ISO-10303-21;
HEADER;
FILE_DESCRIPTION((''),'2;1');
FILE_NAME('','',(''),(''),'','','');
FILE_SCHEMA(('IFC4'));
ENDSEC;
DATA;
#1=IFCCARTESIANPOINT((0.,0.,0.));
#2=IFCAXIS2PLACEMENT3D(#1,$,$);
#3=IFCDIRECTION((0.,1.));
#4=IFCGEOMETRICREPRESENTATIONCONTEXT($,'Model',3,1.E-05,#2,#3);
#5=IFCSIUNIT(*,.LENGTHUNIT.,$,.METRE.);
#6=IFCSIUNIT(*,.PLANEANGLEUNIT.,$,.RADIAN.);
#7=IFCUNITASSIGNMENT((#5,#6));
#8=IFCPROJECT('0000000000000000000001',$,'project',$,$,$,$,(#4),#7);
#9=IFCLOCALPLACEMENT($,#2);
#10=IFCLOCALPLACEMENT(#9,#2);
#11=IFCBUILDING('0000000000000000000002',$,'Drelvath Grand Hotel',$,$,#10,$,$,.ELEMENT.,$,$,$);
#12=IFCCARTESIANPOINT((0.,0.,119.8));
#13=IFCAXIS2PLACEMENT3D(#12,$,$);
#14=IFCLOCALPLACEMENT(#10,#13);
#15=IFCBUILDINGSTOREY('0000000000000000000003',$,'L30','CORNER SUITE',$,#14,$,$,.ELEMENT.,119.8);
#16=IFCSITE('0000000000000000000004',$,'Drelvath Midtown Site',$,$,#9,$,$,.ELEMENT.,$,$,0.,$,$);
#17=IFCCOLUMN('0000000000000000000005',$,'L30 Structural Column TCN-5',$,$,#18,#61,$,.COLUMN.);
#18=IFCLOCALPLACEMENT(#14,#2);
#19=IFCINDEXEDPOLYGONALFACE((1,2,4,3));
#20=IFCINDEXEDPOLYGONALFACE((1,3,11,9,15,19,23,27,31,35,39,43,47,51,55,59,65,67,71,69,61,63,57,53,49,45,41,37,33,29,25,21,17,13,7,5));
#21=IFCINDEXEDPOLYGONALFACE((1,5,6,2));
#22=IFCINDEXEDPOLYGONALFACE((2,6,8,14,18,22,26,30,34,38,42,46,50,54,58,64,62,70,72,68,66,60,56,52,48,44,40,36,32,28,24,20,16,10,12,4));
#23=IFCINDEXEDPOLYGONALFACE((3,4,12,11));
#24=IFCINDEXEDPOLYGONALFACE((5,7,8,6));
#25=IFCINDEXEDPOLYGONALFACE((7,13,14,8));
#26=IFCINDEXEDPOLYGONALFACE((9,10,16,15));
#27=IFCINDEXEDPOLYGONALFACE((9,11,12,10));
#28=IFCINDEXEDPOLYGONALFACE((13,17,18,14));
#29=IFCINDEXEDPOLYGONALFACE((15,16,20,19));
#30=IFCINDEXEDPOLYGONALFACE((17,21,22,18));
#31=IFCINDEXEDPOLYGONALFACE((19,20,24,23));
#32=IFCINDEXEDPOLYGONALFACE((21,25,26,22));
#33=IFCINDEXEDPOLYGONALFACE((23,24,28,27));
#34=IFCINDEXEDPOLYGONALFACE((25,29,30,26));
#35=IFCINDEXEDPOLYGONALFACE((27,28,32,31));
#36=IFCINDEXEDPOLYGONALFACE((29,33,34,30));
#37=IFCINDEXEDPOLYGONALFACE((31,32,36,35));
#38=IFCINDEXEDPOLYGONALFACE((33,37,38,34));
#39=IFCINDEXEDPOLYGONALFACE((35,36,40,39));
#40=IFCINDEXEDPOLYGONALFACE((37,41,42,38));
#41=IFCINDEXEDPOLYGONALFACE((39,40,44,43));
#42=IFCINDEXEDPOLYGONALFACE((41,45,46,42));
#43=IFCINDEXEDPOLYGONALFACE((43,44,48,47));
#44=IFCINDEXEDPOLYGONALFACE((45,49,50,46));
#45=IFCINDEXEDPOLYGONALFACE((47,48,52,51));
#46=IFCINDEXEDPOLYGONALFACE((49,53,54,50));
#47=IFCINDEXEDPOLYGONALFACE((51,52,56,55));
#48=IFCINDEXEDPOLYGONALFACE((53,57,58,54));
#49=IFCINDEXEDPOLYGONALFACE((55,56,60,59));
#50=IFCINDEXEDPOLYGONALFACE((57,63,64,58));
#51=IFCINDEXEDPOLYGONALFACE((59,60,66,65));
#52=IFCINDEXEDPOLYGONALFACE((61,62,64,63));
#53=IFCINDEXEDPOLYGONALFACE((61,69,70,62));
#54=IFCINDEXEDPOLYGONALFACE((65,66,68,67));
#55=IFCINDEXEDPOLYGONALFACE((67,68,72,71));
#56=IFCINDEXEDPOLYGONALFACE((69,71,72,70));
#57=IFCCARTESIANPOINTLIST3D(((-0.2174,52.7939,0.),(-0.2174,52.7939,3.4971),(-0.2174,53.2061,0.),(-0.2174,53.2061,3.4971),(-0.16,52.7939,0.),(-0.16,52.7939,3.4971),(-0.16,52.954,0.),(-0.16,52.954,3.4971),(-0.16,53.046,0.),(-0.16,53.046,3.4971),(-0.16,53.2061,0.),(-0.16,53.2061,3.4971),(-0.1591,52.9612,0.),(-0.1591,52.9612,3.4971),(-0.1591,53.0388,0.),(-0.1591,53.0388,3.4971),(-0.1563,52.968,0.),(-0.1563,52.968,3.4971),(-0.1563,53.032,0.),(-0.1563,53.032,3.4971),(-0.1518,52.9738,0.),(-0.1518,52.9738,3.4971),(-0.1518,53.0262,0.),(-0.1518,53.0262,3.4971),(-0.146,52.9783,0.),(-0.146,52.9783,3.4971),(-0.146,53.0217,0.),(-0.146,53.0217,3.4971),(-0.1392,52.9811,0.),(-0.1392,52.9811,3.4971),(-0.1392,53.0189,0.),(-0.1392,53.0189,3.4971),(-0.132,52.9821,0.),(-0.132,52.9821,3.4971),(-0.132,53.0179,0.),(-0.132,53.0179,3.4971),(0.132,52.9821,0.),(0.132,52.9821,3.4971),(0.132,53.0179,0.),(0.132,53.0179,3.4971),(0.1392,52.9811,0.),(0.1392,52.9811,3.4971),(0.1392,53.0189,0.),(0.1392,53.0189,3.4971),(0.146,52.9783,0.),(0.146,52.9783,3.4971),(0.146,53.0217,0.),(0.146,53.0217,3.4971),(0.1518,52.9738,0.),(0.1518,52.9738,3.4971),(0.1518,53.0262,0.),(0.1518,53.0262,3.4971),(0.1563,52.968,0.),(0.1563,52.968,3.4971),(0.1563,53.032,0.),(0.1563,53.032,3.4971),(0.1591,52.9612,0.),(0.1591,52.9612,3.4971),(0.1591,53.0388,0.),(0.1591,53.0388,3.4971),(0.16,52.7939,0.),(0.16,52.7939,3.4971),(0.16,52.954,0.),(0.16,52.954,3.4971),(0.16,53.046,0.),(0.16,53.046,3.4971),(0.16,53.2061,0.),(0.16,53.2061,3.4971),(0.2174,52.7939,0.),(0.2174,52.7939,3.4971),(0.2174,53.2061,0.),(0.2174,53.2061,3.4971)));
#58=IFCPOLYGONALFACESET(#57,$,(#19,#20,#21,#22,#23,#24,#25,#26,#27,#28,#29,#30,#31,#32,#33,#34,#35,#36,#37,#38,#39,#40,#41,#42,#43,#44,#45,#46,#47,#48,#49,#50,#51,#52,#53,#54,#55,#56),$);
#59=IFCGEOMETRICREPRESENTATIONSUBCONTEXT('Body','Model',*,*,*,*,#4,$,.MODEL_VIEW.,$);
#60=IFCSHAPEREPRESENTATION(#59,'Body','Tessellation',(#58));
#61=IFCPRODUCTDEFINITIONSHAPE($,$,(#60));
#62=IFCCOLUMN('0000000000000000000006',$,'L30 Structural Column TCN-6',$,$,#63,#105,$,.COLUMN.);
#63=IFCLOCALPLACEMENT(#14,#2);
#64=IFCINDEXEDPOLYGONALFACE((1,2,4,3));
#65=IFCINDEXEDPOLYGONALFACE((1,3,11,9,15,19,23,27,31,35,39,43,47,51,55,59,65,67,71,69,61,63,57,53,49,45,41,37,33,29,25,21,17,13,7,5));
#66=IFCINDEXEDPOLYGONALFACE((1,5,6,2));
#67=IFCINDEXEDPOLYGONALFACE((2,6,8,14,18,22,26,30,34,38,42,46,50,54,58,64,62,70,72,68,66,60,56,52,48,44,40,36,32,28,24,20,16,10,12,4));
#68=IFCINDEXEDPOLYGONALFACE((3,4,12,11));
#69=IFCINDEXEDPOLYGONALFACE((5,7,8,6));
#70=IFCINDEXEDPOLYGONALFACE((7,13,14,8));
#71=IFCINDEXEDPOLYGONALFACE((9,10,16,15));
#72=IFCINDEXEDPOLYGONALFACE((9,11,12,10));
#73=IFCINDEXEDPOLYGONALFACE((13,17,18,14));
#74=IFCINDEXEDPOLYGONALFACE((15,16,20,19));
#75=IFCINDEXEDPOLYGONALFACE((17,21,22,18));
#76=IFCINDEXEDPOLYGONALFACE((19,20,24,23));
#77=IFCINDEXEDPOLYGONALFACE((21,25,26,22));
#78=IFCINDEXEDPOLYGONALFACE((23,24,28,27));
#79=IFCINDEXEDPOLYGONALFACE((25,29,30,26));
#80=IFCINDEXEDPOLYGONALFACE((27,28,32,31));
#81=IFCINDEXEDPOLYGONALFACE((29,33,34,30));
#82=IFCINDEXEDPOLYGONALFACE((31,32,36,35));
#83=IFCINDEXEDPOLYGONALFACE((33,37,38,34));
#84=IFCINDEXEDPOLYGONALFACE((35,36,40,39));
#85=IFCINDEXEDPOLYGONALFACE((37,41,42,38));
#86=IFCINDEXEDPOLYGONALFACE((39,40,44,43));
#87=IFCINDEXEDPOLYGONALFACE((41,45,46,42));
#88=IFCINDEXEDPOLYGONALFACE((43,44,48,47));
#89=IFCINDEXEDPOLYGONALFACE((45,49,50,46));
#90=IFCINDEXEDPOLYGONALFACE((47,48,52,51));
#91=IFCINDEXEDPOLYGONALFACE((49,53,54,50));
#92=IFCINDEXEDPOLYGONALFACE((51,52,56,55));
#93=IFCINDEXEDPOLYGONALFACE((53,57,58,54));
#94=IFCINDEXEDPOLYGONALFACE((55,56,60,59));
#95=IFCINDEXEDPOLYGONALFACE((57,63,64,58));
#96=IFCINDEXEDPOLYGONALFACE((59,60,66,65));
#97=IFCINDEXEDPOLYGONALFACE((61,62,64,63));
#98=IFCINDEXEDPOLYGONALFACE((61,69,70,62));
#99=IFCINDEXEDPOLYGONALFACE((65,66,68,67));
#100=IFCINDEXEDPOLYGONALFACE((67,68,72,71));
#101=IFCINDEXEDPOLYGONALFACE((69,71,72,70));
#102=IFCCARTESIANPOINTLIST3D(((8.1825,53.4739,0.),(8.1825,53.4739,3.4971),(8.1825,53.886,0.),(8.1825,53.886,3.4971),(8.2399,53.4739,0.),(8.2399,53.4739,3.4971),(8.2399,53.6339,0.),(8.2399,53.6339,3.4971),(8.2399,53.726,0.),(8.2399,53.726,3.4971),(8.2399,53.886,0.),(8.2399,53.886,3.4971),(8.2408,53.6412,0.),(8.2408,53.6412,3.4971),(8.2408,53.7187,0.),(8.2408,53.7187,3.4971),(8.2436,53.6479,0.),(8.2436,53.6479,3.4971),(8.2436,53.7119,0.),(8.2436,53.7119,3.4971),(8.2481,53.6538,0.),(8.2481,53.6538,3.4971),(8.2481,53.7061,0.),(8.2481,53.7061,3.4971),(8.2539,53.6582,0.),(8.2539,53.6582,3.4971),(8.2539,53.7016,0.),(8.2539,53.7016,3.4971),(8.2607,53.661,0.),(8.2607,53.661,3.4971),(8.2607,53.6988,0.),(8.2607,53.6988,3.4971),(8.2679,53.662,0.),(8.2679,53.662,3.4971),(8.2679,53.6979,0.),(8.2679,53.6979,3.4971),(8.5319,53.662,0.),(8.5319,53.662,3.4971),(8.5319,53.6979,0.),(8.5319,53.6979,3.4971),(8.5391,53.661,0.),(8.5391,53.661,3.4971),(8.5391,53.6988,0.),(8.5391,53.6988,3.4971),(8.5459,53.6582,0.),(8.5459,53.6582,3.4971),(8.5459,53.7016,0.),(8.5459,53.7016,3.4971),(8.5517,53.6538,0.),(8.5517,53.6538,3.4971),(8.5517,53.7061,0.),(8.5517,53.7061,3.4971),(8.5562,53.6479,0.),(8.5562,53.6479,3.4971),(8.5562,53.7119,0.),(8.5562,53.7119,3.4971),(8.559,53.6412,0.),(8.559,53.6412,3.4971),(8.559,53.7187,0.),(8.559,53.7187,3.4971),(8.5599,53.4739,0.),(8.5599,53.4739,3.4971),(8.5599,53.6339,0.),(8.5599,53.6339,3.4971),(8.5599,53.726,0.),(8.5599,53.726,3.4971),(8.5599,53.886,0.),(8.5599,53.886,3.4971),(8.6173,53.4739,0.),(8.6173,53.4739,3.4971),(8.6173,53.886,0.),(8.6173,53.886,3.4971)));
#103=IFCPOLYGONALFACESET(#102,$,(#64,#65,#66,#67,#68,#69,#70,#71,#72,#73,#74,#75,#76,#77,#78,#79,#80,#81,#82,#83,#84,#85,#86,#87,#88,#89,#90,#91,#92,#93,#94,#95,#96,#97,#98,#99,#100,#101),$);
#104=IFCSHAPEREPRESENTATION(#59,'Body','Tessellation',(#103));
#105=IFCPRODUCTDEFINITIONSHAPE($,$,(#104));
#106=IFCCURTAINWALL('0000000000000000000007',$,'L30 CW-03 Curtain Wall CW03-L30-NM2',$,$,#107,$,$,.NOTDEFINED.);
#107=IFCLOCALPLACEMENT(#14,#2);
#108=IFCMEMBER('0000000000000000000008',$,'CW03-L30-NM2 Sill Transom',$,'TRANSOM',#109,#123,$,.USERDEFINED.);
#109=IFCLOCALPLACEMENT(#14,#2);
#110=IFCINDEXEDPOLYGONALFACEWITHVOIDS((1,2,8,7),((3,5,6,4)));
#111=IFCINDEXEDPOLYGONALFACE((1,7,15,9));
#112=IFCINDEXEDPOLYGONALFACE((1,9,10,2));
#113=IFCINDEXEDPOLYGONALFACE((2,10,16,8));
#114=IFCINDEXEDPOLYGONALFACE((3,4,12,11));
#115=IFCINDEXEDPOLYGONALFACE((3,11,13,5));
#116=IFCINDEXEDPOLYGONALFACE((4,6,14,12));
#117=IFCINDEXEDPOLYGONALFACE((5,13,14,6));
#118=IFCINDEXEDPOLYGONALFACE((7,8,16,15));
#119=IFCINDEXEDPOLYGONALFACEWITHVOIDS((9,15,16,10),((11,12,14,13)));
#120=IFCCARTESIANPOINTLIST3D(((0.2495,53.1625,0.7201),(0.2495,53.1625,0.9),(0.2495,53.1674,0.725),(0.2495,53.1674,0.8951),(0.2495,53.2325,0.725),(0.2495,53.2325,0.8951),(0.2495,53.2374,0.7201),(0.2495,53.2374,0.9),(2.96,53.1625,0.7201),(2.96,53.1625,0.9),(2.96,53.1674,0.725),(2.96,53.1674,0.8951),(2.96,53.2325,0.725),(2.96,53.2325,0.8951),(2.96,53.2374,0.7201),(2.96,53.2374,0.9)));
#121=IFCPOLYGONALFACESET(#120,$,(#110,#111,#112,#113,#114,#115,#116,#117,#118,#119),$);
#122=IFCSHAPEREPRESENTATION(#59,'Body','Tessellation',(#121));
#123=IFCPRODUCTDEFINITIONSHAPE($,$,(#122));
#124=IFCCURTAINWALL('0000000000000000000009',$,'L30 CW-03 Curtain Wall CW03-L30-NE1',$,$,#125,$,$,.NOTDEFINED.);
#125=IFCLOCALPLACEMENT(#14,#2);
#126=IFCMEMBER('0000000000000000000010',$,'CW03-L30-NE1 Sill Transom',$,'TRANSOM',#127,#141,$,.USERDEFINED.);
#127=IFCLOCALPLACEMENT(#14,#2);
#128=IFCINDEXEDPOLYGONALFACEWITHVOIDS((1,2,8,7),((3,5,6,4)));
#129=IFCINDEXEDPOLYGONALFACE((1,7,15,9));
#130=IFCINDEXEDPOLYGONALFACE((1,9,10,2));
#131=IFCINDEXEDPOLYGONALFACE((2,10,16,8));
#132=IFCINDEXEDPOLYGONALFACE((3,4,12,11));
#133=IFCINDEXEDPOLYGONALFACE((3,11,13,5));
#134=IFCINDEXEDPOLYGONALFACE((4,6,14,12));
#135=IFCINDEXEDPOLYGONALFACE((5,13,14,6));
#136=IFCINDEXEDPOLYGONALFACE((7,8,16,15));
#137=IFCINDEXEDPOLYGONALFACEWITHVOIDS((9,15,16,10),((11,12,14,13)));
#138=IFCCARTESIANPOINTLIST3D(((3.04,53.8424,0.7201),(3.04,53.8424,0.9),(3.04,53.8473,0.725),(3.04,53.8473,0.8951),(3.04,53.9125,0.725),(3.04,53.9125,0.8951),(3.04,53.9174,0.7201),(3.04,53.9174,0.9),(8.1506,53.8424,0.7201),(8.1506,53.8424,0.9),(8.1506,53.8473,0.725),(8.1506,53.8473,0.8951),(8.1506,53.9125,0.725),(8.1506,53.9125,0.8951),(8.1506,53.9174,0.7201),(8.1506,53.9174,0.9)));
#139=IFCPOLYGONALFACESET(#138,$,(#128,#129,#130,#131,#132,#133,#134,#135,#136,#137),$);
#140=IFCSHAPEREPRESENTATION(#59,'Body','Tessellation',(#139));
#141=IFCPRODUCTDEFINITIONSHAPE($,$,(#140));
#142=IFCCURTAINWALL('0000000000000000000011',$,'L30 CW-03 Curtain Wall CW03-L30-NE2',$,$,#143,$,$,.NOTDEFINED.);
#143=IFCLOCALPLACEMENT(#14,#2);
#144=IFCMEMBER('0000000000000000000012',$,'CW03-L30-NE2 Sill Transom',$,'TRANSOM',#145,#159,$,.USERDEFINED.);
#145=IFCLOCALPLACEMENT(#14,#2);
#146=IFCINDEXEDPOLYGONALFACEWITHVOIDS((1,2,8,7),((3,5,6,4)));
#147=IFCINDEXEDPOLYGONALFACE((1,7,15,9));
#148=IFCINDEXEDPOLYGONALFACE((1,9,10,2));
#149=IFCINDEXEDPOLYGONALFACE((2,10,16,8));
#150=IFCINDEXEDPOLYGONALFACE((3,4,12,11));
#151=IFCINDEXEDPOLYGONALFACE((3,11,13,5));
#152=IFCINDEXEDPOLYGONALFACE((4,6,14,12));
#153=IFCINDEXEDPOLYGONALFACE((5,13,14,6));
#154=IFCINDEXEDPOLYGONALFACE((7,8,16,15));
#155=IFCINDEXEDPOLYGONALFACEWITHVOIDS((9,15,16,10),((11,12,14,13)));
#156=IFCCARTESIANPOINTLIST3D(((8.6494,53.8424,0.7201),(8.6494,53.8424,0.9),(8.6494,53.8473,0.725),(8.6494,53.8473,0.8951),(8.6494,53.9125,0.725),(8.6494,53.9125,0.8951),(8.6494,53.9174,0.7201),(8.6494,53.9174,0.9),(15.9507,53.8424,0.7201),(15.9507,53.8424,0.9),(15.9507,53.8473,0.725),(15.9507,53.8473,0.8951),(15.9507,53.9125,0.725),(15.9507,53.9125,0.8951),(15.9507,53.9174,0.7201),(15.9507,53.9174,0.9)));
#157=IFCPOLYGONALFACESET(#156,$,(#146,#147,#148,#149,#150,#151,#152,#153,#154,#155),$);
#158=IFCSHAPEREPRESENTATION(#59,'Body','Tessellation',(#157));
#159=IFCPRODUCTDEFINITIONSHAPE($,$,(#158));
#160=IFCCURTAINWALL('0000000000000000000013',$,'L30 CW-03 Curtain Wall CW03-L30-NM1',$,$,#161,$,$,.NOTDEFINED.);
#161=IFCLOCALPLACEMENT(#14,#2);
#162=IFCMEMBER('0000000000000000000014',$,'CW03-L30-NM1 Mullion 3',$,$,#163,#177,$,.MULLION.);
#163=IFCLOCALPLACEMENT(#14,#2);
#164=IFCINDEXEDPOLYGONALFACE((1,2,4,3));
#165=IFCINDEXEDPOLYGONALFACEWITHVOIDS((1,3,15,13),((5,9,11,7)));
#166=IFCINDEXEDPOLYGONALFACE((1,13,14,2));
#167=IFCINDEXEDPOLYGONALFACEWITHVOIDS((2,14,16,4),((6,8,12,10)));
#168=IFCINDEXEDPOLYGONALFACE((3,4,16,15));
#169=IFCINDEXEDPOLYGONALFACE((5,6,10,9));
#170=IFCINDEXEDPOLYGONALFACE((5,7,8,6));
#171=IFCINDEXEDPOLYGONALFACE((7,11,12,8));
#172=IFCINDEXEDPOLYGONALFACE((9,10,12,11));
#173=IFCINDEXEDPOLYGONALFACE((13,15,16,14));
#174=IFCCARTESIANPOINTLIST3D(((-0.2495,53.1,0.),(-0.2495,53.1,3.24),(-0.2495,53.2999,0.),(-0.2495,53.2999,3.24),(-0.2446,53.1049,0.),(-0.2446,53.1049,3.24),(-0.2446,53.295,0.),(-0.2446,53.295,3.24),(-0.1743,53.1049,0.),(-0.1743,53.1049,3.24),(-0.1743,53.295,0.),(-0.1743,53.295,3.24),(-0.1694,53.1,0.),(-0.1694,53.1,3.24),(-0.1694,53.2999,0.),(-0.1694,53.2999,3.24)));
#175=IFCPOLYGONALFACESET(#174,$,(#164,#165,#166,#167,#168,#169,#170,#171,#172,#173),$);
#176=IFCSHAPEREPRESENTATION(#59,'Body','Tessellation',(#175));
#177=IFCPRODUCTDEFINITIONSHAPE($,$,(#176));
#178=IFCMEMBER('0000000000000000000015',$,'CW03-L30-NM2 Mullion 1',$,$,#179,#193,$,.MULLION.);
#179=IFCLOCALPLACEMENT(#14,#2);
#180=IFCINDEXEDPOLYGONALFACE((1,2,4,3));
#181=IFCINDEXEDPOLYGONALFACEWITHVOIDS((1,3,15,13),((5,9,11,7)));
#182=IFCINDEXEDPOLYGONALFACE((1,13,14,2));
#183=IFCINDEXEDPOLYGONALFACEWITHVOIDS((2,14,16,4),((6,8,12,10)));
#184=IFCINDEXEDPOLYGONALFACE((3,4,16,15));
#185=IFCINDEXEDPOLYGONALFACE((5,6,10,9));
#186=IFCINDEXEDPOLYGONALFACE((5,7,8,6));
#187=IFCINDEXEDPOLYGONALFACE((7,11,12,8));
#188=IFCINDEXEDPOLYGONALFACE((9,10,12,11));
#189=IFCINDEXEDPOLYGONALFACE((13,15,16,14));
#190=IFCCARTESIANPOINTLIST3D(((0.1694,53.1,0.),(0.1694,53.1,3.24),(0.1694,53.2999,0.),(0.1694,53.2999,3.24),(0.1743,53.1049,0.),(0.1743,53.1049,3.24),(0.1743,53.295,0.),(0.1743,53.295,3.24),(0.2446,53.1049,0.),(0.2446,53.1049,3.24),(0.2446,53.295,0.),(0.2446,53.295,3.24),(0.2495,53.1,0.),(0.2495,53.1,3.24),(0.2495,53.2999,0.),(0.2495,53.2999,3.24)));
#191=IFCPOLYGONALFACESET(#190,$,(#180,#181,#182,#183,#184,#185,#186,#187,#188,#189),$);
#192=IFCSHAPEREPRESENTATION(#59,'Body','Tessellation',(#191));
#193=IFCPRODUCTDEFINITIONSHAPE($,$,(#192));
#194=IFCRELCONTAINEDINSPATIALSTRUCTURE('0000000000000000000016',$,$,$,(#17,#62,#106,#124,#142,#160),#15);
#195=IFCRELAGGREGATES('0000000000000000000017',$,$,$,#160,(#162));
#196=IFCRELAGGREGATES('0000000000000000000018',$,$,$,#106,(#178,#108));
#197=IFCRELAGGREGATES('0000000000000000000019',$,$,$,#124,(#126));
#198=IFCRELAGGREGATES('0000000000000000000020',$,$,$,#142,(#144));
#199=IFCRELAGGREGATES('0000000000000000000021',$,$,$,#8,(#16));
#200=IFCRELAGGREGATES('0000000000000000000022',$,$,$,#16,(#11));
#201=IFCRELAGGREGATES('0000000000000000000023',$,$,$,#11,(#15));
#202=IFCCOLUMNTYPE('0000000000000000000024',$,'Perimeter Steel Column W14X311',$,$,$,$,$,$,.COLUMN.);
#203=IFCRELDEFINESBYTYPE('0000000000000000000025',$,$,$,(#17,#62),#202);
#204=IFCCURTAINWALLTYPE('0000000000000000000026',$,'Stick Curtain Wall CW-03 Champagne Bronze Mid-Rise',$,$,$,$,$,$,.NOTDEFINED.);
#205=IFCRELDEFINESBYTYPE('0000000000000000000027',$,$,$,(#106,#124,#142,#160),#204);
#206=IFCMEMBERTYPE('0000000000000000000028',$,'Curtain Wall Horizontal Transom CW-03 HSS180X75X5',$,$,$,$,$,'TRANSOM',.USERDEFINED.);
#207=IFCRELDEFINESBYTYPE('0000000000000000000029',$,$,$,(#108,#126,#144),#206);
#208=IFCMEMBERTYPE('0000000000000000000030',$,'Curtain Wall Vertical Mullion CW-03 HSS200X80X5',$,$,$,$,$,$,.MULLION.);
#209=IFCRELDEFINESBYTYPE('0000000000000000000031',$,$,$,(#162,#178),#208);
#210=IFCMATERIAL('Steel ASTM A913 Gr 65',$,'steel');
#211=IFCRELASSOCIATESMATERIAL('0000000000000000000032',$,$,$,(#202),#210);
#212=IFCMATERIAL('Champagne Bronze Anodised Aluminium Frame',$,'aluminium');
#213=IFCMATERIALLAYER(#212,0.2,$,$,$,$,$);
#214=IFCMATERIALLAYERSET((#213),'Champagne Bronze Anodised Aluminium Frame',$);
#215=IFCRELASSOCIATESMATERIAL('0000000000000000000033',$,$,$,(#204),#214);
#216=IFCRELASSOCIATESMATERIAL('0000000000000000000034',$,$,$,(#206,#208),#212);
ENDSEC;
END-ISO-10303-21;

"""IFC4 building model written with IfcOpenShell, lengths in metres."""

from ifc_helpers import new_model, si_unit, direction, frame, origin, origin_2d, place, context, subcontext, project, spatial, hollow_rectangle, i_section, extrude, material, layer, layer_set, material_profile, profile_set, type_object, element, aggregate, save


model = new_model("IFC4")

# Units and contexts
model_context = context("Model", 3, precision=1e-05, world=origin(), true_north=direction((0.0, 1.0)))
body_context = subcontext(model_context, "Body", "Model", "MODEL_VIEW")
ifc_project = project(units=[si_unit("LENGTHUNIT", "METRE"), si_unit("PLANEANGLEUNIT", "RADIAN")], contexts=[model_context])

# Site, building, storey
site_placement = place(None, origin())
site = spatial("IfcSite", under=ifc_project, at=site_placement, Name="Drelvath Midtown Site", CompositionType="ELEMENT", RefElevation=0.0)
building_placement = place(site_placement, origin())
building = spatial("IfcBuilding", under=site, at=building_placement, Name="Drelvath Grand Hotel", CompositionType="ELEMENT")
storey_placement = place(building_placement, frame((0.0, 0.0, 119.8)))
storey = spatial("IfcBuildingStorey", under=building, at=storey_placement, Name="L30", Description="CORNER SUITE", CompositionType="ELEMENT", Elevation=119.8)

# Columns
ifc_material_1 = material(Name="Steel ASTM A913 Gr 65", Category="steel")
ifc_material_profile_1 = material_profile(ifc_material_1, i_section(OverallWidth=0.4121, OverallDepth=0.4348, WebThickness=0.0359, FlangeThickness=0.0574, FilletRadius=0.0281, at=origin_2d()), Name="W14X311")
ifc_profile_set_1 = profile_set([ifc_material_profile_1], Name="Steel ASTM A913 Gr 65")
column_type = type_object("IfcColumnType", Name="Perimeter Steel Column W14X311", PredefinedType="COLUMN", material=ifc_profile_set_1)
for number, where, z_axis, x_axis, name in (
    (1, (0.0, 53.0, 0.0), (0.0, 0.0, 1.0), (0.0, 1.0, 0.0), "L30 Structural Column TCN-5"),
    (2, (8.3999, 53.6799, 0.0), (0.0, 0.0, 1.0), (0.0, 1.0, 0.0), "L30 Structural Column TCN-6"),
):
    element("IfcColumn", number, at=place(storey_placement, frame(where, z_axis=z_axis, x_axis=x_axis)), inside=storey, type_object=column_type, Name=name, PredefinedType="COLUMN", context=body_context, shape_type="SweptSolid", body=[
        extrude(i_section(OverallWidth=0.4121, OverallDepth=0.4348, WebThickness=0.0359, FlangeThickness=0.0574, FilletRadius=0.0281, at=origin_2d()), origin(), (0.0, 0.0, 1.0), 3.4971),
    ])

# Curtain walls, members
ifc_material_2 = material(Name="Champagne Bronze Anodised Aluminium Frame", Category="aluminium")
ifc_layer_1 = layer(ifc_material_2, 0.2)
ifc_layer_set_1 = layer_set([ifc_layer_1], Name="Champagne Bronze Anodised Aluminium Frame")
curtain_wall_type = type_object("IfcCurtainWallType", Name="Stick Curtain Wall CW-03 Champagne Bronze Mid-Rise", PredefinedType="NOTDEFINED", material=ifc_layer_set_1)
curtain_wall_1_placement = place(storey_placement, origin())
curtain_wall_1 = element("IfcCurtainWall", 3, at=curtain_wall_1_placement, inside=storey, type_object=curtain_wall_type, Name="L30 CW-03 Curtain Wall CW03-L30-NM2", PredefinedType="NOTDEFINED")
ifc_material_profile_2 = material_profile(ifc_material_2, hollow_rectangle(XDim=0.075, YDim=0.1799, WallThickness=0.0049, at=origin_2d()), Name="HSS180X75X5")
ifc_profile_set_2 = profile_set([ifc_material_profile_2], Name="Champagne Bronze Anodised Aluminium Frame")
member_type_1 = type_object("IfcMemberType", Name="Curtain Wall Horizontal Transom CW-03 HSS180X75X5", ElementType="TRANSOM", PredefinedType="USERDEFINED", material=ifc_profile_set_2)
member_1_placement = place(storey_placement, frame((0.2495, 53.2, 0.8101), z_axis=(1.0, 0.0, 0.0), x_axis=(0.0, 1.0, 0.0)))
member_1 = element("IfcMember", 4, at=member_1_placement, type_object=member_type_1, Name="CW03-L30-NM2 Sill Transom", ObjectType="TRANSOM", PredefinedType="USERDEFINED", context=body_context, shape_type="SweptSolid", body=[
    extrude(hollow_rectangle(XDim=0.075, YDim=0.1799, WallThickness=0.0049, at=origin_2d()), origin(), (0.0, 0.0, 1.0), 2.7104),
])
curtain_wall_2_placement = place(storey_placement, origin())
curtain_wall_2 = element("IfcCurtainWall", 5, at=curtain_wall_2_placement, inside=storey, type_object=curtain_wall_type, Name="L30 CW-03 Curtain Wall CW03-L30-NE1", PredefinedType="NOTDEFINED")
member_2_placement = place(storey_placement, frame((3.04, 53.8799, 0.8101), z_axis=(1.0, 0.0, 0.0), x_axis=(0.0, 1.0, 0.0)))
member_2 = element("IfcMember", 6, at=member_2_placement, type_object=member_type_1, Name="CW03-L30-NE1 Sill Transom", ObjectType="TRANSOM", PredefinedType="USERDEFINED", context=body_context, shape_type="SweptSolid", body=[
    extrude(hollow_rectangle(XDim=0.075, YDim=0.1799, WallThickness=0.0049, at=origin_2d()), origin(), (0.0, 0.0, 1.0), 5.1106),
])
curtain_wall_3_placement = place(storey_placement, origin())
curtain_wall_3 = element("IfcCurtainWall", 7, at=curtain_wall_3_placement, inside=storey, type_object=curtain_wall_type, Name="L30 CW-03 Curtain Wall CW03-L30-NE2", PredefinedType="NOTDEFINED")
member_3_placement = place(storey_placement, frame((8.6494, 53.8799, 0.8101), z_axis=(1.0, 0.0, 0.0), x_axis=(0.0, 1.0, 0.0)))
member_3 = element("IfcMember", 8, at=member_3_placement, type_object=member_type_1, Name="CW03-L30-NE2 Sill Transom", ObjectType="TRANSOM", PredefinedType="USERDEFINED", context=body_context, shape_type="SweptSolid", body=[
    extrude(hollow_rectangle(XDim=0.075, YDim=0.1799, WallThickness=0.0049, at=origin_2d()), origin(), (0.0, 0.0, 1.0), 7.3013),
])
curtain_wall_4_placement = place(storey_placement, origin())
curtain_wall_4 = element("IfcCurtainWall", 9, at=curtain_wall_4_placement, inside=storey, type_object=curtain_wall_type, Name="L30 CW-03 Curtain Wall CW03-L30-NM1", PredefinedType="NOTDEFINED")
ifc_material_profile_3 = material_profile(ifc_material_2, hollow_rectangle(XDim=0.0801, YDim=0.2, WallThickness=0.0049, at=origin_2d()), Name="HSS200X80X5")
ifc_profile_set_3 = profile_set([ifc_material_profile_3], Name="Champagne Bronze Anodised Aluminium Frame")
member_type_2 = type_object("IfcMemberType", Name="Curtain Wall Vertical Mullion CW-03 HSS200X80X5", PredefinedType="MULLION", material=ifc_profile_set_3)
member_4_placement = place(storey_placement, frame((-0.2095, 53.2, 0.0), z_axis=(0.0, 0.0, 1.0), x_axis=(1.0, 0.0, 0.0)))
member_4 = element("IfcMember", 10, at=member_4_placement, type_object=member_type_2, Name="CW03-L30-NM1 Mullion 3", PredefinedType="MULLION", context=body_context, shape_type="SweptSolid", body=[
    extrude(hollow_rectangle(XDim=0.0801, YDim=0.2, WallThickness=0.0049, at=origin_2d()), origin(), (0.0, 0.0, 1.0), 3.24),
])
aggregate(curtain_wall_4, [member_4])

# Member
member_5_placement = place(storey_placement, frame((0.2095, 53.2, 0.0), z_axis=(0.0, 0.0, 1.0), x_axis=(1.0, 0.0, 0.0)))
member_5 = element("IfcMember", 11, at=member_5_placement, type_object=member_type_2, Name="CW03-L30-NM2 Mullion 1", PredefinedType="MULLION", context=body_context, shape_type="SweptSolid", body=[
    extrude(hollow_rectangle(XDim=0.0801, YDim=0.2, WallThickness=0.0049, at=origin_2d()), origin(), (0.0, 0.0, 1.0), 3.24),
])

aggregate(curtain_wall_1, [member_5, member_1])
aggregate(curtain_wall_2, [member_2])
aggregate(curtain_wall_3, [member_3])

save(model, "model.ifc")
